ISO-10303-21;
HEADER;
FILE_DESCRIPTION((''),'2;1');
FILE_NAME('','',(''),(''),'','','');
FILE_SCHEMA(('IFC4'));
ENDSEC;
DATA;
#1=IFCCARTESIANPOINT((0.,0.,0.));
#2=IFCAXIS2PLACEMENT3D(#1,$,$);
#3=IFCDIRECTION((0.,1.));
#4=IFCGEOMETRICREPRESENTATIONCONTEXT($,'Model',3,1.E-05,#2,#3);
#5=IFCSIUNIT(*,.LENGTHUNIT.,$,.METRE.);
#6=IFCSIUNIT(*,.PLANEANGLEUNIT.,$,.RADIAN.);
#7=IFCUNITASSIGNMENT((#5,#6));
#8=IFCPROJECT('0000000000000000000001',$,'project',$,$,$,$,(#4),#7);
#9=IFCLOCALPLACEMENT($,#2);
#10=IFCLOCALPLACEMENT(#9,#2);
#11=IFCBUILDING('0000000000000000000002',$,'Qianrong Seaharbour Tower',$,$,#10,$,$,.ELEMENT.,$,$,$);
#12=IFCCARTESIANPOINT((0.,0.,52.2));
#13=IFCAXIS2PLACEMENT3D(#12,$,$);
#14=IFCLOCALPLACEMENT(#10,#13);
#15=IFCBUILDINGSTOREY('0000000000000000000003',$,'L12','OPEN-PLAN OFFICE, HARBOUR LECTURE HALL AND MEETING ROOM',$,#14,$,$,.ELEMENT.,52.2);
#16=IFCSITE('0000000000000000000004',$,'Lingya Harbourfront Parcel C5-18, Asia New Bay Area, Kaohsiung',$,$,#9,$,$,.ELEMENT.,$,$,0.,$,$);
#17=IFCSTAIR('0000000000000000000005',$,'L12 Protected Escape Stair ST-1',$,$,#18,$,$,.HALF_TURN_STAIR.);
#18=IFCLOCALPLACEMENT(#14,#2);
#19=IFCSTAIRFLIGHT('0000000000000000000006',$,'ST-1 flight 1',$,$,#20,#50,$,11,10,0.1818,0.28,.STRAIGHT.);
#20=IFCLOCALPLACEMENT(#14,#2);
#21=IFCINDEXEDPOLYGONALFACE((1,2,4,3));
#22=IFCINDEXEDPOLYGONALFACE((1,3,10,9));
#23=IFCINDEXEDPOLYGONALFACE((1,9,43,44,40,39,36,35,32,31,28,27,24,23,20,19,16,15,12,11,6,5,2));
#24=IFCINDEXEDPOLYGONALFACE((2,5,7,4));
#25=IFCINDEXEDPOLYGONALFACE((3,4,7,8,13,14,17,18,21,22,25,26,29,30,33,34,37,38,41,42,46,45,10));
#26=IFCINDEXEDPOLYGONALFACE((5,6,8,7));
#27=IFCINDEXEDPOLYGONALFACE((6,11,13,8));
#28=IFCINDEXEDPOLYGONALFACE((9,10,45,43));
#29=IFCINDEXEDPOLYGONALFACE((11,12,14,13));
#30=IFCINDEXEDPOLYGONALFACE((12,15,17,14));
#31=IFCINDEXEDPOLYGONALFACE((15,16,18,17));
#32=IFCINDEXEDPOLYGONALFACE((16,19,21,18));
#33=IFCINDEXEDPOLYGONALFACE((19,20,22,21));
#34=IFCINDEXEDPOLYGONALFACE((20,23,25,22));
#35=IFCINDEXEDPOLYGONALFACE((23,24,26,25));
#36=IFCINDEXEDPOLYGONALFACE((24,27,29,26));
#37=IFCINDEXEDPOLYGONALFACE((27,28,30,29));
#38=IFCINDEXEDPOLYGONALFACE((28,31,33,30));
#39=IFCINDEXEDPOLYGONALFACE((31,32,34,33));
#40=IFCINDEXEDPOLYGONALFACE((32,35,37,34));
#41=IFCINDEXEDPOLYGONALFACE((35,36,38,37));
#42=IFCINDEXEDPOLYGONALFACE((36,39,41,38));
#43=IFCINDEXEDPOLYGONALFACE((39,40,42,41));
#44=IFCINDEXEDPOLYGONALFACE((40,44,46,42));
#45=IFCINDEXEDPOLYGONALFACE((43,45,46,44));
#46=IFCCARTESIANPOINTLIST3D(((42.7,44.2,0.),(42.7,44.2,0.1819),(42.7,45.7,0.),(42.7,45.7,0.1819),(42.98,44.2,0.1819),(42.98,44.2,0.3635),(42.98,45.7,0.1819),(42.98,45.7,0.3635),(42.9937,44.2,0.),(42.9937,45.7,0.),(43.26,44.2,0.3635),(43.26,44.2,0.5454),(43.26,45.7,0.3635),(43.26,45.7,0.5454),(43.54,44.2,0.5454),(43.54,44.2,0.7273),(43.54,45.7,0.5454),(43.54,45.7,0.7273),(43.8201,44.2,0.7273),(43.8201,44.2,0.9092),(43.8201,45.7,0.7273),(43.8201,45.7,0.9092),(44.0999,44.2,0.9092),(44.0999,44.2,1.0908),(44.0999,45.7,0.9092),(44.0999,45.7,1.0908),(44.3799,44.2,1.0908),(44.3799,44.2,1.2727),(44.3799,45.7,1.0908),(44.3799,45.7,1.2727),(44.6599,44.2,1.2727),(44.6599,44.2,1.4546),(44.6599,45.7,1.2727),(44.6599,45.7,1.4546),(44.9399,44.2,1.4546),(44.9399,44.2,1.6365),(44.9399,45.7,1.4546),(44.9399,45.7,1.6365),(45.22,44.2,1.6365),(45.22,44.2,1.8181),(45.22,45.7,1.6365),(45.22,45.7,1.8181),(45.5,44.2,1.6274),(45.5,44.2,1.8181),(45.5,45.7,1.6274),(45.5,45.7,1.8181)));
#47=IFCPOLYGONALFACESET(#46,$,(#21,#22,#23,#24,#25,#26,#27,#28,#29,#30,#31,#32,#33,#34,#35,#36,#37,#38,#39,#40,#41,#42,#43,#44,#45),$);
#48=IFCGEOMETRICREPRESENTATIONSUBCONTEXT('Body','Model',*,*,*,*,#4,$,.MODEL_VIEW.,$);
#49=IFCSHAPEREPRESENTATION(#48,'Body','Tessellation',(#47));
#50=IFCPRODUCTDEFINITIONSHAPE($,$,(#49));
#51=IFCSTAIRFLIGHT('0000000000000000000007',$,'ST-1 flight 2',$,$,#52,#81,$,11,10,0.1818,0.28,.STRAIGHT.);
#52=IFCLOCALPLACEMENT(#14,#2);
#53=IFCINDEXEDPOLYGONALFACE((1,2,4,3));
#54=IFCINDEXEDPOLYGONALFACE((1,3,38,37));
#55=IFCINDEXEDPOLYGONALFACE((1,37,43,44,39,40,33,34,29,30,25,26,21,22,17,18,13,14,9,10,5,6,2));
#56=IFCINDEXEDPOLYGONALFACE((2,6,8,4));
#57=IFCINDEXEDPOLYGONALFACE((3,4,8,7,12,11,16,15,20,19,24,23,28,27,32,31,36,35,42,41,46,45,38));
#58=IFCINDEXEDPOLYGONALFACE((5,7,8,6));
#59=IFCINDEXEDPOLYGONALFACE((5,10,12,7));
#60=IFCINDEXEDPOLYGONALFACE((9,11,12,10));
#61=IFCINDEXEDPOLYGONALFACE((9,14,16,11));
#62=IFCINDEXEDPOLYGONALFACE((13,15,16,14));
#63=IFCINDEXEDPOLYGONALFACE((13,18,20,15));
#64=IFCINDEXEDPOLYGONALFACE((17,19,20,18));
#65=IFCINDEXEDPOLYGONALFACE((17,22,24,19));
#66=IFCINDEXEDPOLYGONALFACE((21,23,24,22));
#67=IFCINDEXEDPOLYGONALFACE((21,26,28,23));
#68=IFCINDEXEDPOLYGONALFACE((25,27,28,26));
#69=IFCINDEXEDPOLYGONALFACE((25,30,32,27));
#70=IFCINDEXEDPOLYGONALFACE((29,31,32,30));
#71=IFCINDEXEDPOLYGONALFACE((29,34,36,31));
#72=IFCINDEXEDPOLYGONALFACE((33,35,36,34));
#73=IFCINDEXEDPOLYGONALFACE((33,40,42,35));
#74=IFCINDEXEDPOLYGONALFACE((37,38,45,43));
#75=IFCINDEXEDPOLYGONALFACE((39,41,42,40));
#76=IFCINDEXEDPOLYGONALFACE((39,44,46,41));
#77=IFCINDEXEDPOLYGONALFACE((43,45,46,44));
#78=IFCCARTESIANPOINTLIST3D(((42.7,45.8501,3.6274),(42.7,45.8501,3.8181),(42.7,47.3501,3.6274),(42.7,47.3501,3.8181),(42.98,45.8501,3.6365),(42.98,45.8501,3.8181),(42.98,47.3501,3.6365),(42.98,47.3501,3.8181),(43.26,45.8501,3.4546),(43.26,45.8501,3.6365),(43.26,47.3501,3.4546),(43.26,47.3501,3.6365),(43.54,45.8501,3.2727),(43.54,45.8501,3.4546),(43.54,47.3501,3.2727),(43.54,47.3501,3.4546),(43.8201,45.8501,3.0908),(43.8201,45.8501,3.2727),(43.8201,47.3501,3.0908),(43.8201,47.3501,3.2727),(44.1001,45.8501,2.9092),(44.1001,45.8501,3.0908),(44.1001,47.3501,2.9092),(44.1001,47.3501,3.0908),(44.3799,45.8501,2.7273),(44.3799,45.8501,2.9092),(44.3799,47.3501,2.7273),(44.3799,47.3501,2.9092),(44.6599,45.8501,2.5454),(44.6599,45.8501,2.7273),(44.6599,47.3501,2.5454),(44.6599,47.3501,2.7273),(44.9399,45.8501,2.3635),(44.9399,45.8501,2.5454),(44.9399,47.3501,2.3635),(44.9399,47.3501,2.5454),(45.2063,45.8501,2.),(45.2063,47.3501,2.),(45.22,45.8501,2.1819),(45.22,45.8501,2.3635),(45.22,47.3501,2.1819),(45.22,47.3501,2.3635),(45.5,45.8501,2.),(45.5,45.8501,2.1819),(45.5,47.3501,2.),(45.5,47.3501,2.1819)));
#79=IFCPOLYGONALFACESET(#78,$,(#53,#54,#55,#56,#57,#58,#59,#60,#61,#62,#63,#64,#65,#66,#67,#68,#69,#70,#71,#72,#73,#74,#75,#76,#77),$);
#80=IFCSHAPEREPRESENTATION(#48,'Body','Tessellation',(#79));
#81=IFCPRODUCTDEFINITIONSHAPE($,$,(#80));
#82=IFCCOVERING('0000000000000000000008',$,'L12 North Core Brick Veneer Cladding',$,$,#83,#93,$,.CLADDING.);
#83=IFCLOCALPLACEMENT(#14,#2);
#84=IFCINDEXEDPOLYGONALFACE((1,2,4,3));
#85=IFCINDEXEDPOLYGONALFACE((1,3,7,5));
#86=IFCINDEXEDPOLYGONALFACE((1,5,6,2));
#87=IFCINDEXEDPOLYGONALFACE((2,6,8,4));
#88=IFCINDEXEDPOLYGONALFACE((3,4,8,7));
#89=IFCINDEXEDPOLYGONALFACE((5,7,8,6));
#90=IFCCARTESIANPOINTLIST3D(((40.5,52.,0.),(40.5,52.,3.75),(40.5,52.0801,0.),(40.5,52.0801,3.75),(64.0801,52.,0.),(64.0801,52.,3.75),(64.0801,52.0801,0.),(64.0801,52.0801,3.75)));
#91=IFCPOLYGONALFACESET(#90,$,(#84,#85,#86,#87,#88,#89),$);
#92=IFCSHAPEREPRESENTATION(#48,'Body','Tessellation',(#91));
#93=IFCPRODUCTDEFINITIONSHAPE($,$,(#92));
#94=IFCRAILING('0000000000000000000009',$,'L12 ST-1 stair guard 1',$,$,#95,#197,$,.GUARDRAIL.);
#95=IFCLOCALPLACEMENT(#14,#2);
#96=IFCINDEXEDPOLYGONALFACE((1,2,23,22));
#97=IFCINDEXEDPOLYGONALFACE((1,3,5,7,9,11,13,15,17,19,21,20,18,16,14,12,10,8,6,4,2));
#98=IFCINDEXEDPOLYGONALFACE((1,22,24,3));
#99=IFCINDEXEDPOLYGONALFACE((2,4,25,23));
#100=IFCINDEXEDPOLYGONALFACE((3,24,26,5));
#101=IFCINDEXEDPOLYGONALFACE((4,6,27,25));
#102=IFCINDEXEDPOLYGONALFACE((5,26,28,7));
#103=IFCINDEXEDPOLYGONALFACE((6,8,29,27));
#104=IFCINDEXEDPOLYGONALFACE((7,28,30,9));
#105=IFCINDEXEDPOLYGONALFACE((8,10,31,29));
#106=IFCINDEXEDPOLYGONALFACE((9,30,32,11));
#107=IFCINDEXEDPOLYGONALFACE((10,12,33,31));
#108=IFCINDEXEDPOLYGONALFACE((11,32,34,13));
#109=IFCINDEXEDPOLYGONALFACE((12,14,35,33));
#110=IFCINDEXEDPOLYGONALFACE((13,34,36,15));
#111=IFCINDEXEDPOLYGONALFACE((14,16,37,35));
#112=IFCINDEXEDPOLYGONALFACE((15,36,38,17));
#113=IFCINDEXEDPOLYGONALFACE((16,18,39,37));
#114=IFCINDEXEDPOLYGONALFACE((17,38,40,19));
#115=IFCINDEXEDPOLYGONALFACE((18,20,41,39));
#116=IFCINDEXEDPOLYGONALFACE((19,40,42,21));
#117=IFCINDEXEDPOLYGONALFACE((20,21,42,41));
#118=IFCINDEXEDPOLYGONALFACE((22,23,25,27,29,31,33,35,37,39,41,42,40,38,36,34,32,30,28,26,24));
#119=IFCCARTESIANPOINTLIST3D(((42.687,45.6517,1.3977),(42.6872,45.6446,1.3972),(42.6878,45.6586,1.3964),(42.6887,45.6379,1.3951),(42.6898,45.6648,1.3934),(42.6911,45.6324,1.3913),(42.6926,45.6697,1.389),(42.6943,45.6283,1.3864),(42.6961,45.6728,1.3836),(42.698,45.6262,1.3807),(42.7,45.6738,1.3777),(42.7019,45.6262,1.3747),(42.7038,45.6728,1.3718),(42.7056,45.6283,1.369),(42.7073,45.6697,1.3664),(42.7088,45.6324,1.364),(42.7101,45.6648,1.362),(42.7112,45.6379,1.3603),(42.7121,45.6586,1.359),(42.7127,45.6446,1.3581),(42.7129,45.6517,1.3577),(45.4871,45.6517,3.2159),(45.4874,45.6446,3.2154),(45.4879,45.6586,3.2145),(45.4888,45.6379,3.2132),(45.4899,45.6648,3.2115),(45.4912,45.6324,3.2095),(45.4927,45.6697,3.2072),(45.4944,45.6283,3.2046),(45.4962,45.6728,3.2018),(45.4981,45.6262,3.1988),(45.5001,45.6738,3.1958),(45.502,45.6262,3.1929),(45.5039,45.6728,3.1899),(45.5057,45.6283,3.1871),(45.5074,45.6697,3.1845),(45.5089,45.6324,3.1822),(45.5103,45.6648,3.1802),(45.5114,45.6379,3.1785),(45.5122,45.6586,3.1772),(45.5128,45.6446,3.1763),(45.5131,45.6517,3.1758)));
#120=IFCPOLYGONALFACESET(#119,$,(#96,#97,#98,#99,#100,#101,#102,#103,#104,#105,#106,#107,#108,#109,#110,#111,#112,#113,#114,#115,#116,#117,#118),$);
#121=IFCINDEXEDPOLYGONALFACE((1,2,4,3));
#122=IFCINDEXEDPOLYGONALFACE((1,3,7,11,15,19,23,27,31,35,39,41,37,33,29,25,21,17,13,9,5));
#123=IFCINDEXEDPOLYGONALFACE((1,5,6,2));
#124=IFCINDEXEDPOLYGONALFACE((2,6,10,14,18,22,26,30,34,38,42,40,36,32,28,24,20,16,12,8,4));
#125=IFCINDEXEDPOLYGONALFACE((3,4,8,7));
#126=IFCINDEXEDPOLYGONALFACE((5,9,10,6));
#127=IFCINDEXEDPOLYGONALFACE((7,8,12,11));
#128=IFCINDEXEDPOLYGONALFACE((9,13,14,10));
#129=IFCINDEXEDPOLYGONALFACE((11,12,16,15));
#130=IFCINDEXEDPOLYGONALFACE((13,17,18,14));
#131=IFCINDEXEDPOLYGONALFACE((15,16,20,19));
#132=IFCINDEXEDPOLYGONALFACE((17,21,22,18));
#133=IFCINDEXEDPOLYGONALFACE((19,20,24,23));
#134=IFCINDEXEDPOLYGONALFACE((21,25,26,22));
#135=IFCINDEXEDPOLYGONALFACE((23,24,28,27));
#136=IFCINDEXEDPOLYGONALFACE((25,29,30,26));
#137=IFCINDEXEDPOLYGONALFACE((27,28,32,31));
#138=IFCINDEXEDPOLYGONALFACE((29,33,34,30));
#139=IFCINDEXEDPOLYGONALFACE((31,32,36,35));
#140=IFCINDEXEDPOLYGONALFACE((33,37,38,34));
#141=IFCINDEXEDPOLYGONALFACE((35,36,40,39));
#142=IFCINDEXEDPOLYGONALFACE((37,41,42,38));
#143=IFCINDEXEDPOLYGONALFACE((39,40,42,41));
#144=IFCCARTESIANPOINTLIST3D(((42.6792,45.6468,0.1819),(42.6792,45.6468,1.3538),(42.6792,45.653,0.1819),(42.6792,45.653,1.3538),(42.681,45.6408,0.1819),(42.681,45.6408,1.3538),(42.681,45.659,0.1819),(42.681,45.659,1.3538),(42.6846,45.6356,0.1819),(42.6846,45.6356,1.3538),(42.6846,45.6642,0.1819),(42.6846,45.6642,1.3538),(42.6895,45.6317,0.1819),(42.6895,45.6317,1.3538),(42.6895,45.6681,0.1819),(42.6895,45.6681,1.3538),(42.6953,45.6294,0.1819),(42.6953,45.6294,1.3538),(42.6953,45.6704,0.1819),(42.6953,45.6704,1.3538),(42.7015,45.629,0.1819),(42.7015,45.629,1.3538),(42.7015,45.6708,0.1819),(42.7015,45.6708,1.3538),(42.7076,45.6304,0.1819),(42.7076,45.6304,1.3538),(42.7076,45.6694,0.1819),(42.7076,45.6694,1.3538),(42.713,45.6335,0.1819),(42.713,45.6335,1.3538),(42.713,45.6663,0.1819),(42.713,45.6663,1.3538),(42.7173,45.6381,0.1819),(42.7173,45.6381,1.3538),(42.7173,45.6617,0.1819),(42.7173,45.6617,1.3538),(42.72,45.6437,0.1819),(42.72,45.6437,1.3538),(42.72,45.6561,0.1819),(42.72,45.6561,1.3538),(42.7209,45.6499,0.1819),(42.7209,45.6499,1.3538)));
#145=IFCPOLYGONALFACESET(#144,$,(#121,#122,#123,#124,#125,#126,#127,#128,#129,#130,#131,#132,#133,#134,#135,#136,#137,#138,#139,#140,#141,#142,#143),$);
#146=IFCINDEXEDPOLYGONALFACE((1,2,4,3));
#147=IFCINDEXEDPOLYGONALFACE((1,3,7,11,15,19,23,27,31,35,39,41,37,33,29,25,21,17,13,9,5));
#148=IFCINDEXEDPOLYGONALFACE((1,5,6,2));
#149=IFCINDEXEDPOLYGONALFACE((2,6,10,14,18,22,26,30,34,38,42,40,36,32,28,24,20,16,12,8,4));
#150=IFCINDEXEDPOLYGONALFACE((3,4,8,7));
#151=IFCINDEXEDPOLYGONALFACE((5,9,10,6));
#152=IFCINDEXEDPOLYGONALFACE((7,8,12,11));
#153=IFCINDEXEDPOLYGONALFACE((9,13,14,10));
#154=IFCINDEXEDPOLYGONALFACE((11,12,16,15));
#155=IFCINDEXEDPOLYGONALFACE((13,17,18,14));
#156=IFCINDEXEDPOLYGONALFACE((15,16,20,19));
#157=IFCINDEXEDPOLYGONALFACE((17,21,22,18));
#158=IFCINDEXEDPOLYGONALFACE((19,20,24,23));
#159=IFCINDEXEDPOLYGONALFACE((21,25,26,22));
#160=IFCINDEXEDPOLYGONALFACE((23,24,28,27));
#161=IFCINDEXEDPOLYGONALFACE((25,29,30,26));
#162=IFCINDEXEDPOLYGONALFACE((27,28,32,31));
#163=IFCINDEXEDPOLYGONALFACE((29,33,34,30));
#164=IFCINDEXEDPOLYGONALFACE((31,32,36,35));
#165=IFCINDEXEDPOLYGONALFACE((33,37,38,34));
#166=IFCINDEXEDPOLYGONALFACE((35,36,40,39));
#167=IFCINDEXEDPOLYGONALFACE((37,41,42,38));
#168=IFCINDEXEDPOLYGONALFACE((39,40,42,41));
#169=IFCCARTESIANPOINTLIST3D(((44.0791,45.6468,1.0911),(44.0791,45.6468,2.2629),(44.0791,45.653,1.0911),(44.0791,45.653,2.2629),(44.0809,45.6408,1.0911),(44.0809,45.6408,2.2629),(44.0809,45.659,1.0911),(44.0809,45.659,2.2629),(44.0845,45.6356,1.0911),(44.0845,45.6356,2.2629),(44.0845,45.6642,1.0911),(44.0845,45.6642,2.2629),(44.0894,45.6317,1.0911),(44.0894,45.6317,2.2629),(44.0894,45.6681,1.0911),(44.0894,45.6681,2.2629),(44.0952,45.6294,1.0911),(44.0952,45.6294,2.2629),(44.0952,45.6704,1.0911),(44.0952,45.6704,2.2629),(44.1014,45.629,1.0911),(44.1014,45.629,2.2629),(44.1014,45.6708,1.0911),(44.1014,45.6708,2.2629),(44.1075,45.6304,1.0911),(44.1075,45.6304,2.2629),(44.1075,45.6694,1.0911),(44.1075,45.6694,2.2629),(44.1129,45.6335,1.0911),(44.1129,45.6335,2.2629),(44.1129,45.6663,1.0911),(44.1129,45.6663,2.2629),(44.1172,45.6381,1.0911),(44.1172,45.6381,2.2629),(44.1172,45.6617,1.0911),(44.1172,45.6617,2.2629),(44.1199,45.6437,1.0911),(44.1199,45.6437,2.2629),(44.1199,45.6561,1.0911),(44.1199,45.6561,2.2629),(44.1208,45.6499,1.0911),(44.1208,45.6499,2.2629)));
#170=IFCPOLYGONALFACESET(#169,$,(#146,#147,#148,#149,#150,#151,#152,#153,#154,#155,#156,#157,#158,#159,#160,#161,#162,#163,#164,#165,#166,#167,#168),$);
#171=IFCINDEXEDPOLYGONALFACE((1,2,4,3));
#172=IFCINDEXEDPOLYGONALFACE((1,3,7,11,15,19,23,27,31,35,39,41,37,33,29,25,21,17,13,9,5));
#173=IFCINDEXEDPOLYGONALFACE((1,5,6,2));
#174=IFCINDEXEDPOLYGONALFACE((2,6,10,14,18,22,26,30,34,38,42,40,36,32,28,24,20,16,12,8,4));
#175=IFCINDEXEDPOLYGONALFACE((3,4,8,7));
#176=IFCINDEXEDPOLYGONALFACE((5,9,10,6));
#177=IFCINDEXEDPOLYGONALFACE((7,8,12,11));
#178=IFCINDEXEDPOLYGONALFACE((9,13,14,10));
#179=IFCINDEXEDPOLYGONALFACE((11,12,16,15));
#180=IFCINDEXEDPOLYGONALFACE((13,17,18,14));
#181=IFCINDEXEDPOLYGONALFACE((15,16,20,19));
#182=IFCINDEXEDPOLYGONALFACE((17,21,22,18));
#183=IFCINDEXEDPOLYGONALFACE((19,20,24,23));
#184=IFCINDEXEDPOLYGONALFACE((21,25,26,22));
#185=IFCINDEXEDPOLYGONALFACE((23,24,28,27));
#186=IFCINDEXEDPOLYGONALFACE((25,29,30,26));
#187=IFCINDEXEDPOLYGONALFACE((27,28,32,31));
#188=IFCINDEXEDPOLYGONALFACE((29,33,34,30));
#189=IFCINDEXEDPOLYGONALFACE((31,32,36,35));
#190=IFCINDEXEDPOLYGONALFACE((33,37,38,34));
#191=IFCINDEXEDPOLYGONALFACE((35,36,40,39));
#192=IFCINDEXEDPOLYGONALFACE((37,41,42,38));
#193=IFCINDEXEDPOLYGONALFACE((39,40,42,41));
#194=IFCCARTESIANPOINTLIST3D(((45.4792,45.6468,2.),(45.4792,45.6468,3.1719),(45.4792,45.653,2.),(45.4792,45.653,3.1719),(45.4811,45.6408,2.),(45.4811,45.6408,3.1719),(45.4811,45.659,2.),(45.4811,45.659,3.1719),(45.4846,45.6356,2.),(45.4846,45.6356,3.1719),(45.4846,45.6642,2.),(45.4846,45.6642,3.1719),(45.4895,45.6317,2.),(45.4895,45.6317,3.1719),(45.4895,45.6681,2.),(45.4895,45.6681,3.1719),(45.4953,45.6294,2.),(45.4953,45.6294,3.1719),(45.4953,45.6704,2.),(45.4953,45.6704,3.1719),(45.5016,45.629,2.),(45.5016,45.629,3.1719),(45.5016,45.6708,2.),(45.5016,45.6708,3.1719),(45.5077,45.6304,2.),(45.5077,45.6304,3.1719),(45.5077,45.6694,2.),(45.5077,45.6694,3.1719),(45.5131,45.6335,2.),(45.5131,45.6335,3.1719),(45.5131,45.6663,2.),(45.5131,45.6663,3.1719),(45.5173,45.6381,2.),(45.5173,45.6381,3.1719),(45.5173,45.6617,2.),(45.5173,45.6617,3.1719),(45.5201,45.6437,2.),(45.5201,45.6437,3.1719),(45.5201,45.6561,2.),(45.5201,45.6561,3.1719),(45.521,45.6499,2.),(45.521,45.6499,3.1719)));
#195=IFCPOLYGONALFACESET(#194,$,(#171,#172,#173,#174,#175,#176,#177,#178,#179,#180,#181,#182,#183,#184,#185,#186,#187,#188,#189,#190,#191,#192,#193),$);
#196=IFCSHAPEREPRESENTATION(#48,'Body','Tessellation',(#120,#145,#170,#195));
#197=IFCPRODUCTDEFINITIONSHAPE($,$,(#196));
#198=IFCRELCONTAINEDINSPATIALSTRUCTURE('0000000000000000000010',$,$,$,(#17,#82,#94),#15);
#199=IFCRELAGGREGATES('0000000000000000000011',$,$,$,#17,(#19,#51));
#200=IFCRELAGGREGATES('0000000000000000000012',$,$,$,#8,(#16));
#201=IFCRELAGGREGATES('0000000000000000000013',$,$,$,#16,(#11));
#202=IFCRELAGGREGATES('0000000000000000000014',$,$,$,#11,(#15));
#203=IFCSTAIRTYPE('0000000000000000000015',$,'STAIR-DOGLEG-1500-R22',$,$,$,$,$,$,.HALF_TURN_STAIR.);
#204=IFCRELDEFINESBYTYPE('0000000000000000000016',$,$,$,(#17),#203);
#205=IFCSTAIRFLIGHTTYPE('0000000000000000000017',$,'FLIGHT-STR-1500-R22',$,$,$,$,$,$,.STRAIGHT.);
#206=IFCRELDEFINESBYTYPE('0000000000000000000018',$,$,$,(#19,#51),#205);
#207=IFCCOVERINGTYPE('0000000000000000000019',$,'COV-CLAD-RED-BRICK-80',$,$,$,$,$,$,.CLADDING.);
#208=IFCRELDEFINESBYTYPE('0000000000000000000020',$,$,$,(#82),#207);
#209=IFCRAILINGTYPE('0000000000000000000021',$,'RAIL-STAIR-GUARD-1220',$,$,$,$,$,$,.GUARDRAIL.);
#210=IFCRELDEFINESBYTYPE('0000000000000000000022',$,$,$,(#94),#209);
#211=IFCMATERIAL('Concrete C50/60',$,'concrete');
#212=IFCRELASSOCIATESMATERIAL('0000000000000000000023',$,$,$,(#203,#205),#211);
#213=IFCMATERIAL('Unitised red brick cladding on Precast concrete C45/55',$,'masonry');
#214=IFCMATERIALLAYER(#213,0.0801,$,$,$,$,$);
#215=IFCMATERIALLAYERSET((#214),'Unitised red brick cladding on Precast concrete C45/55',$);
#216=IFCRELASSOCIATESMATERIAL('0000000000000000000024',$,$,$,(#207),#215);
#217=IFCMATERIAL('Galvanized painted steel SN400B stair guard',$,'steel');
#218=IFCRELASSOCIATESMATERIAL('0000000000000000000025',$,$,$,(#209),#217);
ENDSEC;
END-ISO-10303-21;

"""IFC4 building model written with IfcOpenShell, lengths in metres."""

from ifc_helpers import new_model, si_unit, direction, frame, origin, origin_2d, place, context, subcontext, project, spatial, polyline, rectangle, circle, outline, extrude, material, layer, layer_set, type_object, element, aggregate, save


model = new_model("IFC4")

# Units and contexts
model_context = context("Model", 3, precision=1e-05, world=origin(), true_north=direction((0.0, 1.0)))
body_context = subcontext(model_context, "Body", "Model", "MODEL_VIEW")
ifc_project = project(units=[si_unit("LENGTHUNIT", "METRE"), si_unit("PLANEANGLEUNIT", "RADIAN")], contexts=[model_context])

# Site, building, storey
site_placement = place(None, origin())
site = spatial("IfcSite", under=ifc_project, at=site_placement, Name="Lingya Harbourfront Parcel C5-18, Asia New Bay Area, Kaohsiung", CompositionType="ELEMENT", RefElevation=0.0)
building_placement = place(site_placement, origin())
building = spatial("IfcBuilding", under=site, at=building_placement, Name="Qianrong Seaharbour Tower", CompositionType="ELEMENT")
storey_placement = place(building_placement, frame((0.0, 0.0, 52.2)))
storey = spatial("IfcBuildingStorey", under=building, at=storey_placement, Name="L12", Description="OPEN-PLAN OFFICE, HARBOUR LECTURE HALL AND MEETING ROOM", CompositionType="ELEMENT", Elevation=52.2)

# Shared definitions
ifc_material_1 = material(Name="Concrete C50/60", Category="concrete")

# Stair, stair flights
stair_type = type_object("IfcStairType", Name="STAIR-DOGLEG-1500-R22", PredefinedType="HALF_TURN_STAIR", material=ifc_material_1)
stair_placement = place(storey_placement, origin())
stair = element("IfcStair", 1, at=stair_placement, inside=storey, type_object=stair_type, Name="L12 Protected Escape Stair ST-1", PredefinedType="HALF_TURN_STAIR")
stair_flight_type = type_object("IfcStairFlightType", Name="FLIGHT-STR-1500-R22", PredefinedType="STRAIGHT", material=ifc_material_1)
stair_flight_1_placement = place(storey_placement, frame((42.7, 44.95, 0.0), z_axis=(0.0, 0.0, 1.0), x_axis=(1.0, 0.0, 0.0)))
stair_flight_1 = element("IfcStairFlight", 2, at=stair_flight_1_placement, type_object=stair_flight_type, Name="ST-1 flight 1", NumberOfRisers=11, NumberOfTreads=10, PredefinedType="STRAIGHT", RiserHeight=0.1818, TreadLength=0.28, context=body_context, shape_type="SweptSolid", body=[
    extrude(outline(polyline([(0.0, 0.0), (0.0, 0.1819), (0.28, 0.1819), (0.28, 0.3635), (0.5601, 0.3635), (0.5601, 0.5454), (0.8401, 0.5454), (0.8401, 0.7273), (1.1201, 0.7273), (1.1201, 0.9092), (1.3999, 0.9092), (1.3999, 1.0908), (1.6799, 1.0908), (1.6799, 1.2727), (1.96, 1.2727), (1.96, 1.4546), (2.24, 1.4546), (2.24, 1.6365), (2.52, 1.6365), (2.52, 1.8181), (2.8, 1.8181), (2.8, 2.0), (2.8, 1.6274), (0.2937, 0.0), (0.0, 0.0)])), frame((0.0, 0.75, 0.0), z_axis=(0.0, -1.0, 0.0), x_axis=(1.0, 0.0, 0.0)), (0.0, 0.0, 1.0), 1.5),
])
stair_flight_2_placement = place(storey_placement, frame((45.5, 46.6001, 2.0), z_axis=(0.0, 0.0, 1.0), x_axis=(-1.0, 0.0, 0.0)))
stair_flight_2 = element("IfcStairFlight", 3, at=stair_flight_2_placement, type_object=stair_flight_type, Name="ST-1 flight 2", NumberOfRisers=11, NumberOfTreads=10, PredefinedType="STRAIGHT", RiserHeight=0.1818, TreadLength=0.28, context=body_context, shape_type="SweptSolid", body=[
    extrude(outline(polyline([(0.0, 0.0), (0.0, 0.1819), (0.28, 0.1819), (0.28, 0.3635), (0.5601, 0.3635), (0.5601, 0.5454), (0.8401, 0.5454), (0.8401, 0.7273), (1.1201, 0.7273), (1.1201, 0.9092), (1.3999, 0.9092), (1.3999, 1.0908), (1.6799, 1.0908), (1.6799, 1.2727), (1.96, 1.2727), (1.96, 1.4546), (2.24, 1.4546), (2.24, 1.6365), (2.52, 1.6365), (2.52, 1.8181), (2.8, 1.8181), (2.8, 2.0), (2.8, 1.6274), (0.2937, 0.0), (0.0, 0.0)])), frame((0.0, 0.75, 0.0), z_axis=(0.0, -1.0, 0.0), x_axis=(1.0, 0.0, 0.0)), (0.0, 0.0, 1.0), 1.5),
])
aggregate(stair, [stair_flight_1, stair_flight_2])

# Covering
ifc_material_2 = material(Name="Unitised red brick cladding on Precast concrete C45/55", Category="masonry")
ifc_layer_1 = layer(ifc_material_2, 0.0801)
ifc_layer_set_1 = layer_set([ifc_layer_1], Name="Unitised red brick cladding on Precast concrete C45/55")
covering_type = type_object("IfcCoveringType", Name="COV-CLAD-RED-BRICK-80", PredefinedType="CLADDING", material=ifc_layer_set_1)
covering_placement = place(storey_placement, frame((52.29, 52.04, 0.0), z_axis=(0.0, 0.0, 1.0), x_axis=(1.0, 0.0, 0.0)))
element("IfcCovering", 4, at=covering_placement, inside=storey, type_object=covering_type, Name="L12 North Core Brick Veneer Cladding", PredefinedType="CLADDING", context=body_context, shape_type="SweptSolid", body=[
    extrude(rectangle(XDim=23.5801, YDim=0.0801, at=origin_2d()), origin(), (0.0, 0.0, 1.0), 3.75),
])

# Railing
ifc_material_3 = material(Name="Galvanized painted steel SN400B stair guard", Category="steel")
railing_type_1 = type_object("IfcRailingType", Name="RAIL-STAIR-GUARD-1220", PredefinedType="GUARDRAIL", material=ifc_material_3)
railing_1_placement = place(storey_placement, frame((42.7, 45.6499, 0.1819)))
element("IfcRailing", 5, at=railing_1_placement, inside=storey, type_object=railing_type_1, Name="L12 ST-1 stair guard 1", PredefinedType="GUARDRAIL", context=body_context, shape_type="SweptSolid", body=[
    extrude(circle(Radius=0.0239, at=origin_2d()), frame((0.0, 0.0, 1.1958), z_axis=(0.838706, 0.0, 0.544585), x_axis=(0.0, 1.0, 0.0)), (0.0, 0.0, 1.0), 3.3386),
    extrude(circle(Radius=0.021, at=origin_2d()), origin(), (0.0, 0.0, 1.0), 1.1719),
    extrude(circle(Radius=0.021, at=origin_2d()), frame((1.3999, 0.0, 0.9092)), (0.0, 0.0, 1.0), 1.1719),
    extrude(circle(Radius=0.021, at=origin_2d()), frame((2.8, 0.0, 1.8181)), (0.0, 0.0, 1.0), 1.1719),
])

save(model, "model.ifc")
